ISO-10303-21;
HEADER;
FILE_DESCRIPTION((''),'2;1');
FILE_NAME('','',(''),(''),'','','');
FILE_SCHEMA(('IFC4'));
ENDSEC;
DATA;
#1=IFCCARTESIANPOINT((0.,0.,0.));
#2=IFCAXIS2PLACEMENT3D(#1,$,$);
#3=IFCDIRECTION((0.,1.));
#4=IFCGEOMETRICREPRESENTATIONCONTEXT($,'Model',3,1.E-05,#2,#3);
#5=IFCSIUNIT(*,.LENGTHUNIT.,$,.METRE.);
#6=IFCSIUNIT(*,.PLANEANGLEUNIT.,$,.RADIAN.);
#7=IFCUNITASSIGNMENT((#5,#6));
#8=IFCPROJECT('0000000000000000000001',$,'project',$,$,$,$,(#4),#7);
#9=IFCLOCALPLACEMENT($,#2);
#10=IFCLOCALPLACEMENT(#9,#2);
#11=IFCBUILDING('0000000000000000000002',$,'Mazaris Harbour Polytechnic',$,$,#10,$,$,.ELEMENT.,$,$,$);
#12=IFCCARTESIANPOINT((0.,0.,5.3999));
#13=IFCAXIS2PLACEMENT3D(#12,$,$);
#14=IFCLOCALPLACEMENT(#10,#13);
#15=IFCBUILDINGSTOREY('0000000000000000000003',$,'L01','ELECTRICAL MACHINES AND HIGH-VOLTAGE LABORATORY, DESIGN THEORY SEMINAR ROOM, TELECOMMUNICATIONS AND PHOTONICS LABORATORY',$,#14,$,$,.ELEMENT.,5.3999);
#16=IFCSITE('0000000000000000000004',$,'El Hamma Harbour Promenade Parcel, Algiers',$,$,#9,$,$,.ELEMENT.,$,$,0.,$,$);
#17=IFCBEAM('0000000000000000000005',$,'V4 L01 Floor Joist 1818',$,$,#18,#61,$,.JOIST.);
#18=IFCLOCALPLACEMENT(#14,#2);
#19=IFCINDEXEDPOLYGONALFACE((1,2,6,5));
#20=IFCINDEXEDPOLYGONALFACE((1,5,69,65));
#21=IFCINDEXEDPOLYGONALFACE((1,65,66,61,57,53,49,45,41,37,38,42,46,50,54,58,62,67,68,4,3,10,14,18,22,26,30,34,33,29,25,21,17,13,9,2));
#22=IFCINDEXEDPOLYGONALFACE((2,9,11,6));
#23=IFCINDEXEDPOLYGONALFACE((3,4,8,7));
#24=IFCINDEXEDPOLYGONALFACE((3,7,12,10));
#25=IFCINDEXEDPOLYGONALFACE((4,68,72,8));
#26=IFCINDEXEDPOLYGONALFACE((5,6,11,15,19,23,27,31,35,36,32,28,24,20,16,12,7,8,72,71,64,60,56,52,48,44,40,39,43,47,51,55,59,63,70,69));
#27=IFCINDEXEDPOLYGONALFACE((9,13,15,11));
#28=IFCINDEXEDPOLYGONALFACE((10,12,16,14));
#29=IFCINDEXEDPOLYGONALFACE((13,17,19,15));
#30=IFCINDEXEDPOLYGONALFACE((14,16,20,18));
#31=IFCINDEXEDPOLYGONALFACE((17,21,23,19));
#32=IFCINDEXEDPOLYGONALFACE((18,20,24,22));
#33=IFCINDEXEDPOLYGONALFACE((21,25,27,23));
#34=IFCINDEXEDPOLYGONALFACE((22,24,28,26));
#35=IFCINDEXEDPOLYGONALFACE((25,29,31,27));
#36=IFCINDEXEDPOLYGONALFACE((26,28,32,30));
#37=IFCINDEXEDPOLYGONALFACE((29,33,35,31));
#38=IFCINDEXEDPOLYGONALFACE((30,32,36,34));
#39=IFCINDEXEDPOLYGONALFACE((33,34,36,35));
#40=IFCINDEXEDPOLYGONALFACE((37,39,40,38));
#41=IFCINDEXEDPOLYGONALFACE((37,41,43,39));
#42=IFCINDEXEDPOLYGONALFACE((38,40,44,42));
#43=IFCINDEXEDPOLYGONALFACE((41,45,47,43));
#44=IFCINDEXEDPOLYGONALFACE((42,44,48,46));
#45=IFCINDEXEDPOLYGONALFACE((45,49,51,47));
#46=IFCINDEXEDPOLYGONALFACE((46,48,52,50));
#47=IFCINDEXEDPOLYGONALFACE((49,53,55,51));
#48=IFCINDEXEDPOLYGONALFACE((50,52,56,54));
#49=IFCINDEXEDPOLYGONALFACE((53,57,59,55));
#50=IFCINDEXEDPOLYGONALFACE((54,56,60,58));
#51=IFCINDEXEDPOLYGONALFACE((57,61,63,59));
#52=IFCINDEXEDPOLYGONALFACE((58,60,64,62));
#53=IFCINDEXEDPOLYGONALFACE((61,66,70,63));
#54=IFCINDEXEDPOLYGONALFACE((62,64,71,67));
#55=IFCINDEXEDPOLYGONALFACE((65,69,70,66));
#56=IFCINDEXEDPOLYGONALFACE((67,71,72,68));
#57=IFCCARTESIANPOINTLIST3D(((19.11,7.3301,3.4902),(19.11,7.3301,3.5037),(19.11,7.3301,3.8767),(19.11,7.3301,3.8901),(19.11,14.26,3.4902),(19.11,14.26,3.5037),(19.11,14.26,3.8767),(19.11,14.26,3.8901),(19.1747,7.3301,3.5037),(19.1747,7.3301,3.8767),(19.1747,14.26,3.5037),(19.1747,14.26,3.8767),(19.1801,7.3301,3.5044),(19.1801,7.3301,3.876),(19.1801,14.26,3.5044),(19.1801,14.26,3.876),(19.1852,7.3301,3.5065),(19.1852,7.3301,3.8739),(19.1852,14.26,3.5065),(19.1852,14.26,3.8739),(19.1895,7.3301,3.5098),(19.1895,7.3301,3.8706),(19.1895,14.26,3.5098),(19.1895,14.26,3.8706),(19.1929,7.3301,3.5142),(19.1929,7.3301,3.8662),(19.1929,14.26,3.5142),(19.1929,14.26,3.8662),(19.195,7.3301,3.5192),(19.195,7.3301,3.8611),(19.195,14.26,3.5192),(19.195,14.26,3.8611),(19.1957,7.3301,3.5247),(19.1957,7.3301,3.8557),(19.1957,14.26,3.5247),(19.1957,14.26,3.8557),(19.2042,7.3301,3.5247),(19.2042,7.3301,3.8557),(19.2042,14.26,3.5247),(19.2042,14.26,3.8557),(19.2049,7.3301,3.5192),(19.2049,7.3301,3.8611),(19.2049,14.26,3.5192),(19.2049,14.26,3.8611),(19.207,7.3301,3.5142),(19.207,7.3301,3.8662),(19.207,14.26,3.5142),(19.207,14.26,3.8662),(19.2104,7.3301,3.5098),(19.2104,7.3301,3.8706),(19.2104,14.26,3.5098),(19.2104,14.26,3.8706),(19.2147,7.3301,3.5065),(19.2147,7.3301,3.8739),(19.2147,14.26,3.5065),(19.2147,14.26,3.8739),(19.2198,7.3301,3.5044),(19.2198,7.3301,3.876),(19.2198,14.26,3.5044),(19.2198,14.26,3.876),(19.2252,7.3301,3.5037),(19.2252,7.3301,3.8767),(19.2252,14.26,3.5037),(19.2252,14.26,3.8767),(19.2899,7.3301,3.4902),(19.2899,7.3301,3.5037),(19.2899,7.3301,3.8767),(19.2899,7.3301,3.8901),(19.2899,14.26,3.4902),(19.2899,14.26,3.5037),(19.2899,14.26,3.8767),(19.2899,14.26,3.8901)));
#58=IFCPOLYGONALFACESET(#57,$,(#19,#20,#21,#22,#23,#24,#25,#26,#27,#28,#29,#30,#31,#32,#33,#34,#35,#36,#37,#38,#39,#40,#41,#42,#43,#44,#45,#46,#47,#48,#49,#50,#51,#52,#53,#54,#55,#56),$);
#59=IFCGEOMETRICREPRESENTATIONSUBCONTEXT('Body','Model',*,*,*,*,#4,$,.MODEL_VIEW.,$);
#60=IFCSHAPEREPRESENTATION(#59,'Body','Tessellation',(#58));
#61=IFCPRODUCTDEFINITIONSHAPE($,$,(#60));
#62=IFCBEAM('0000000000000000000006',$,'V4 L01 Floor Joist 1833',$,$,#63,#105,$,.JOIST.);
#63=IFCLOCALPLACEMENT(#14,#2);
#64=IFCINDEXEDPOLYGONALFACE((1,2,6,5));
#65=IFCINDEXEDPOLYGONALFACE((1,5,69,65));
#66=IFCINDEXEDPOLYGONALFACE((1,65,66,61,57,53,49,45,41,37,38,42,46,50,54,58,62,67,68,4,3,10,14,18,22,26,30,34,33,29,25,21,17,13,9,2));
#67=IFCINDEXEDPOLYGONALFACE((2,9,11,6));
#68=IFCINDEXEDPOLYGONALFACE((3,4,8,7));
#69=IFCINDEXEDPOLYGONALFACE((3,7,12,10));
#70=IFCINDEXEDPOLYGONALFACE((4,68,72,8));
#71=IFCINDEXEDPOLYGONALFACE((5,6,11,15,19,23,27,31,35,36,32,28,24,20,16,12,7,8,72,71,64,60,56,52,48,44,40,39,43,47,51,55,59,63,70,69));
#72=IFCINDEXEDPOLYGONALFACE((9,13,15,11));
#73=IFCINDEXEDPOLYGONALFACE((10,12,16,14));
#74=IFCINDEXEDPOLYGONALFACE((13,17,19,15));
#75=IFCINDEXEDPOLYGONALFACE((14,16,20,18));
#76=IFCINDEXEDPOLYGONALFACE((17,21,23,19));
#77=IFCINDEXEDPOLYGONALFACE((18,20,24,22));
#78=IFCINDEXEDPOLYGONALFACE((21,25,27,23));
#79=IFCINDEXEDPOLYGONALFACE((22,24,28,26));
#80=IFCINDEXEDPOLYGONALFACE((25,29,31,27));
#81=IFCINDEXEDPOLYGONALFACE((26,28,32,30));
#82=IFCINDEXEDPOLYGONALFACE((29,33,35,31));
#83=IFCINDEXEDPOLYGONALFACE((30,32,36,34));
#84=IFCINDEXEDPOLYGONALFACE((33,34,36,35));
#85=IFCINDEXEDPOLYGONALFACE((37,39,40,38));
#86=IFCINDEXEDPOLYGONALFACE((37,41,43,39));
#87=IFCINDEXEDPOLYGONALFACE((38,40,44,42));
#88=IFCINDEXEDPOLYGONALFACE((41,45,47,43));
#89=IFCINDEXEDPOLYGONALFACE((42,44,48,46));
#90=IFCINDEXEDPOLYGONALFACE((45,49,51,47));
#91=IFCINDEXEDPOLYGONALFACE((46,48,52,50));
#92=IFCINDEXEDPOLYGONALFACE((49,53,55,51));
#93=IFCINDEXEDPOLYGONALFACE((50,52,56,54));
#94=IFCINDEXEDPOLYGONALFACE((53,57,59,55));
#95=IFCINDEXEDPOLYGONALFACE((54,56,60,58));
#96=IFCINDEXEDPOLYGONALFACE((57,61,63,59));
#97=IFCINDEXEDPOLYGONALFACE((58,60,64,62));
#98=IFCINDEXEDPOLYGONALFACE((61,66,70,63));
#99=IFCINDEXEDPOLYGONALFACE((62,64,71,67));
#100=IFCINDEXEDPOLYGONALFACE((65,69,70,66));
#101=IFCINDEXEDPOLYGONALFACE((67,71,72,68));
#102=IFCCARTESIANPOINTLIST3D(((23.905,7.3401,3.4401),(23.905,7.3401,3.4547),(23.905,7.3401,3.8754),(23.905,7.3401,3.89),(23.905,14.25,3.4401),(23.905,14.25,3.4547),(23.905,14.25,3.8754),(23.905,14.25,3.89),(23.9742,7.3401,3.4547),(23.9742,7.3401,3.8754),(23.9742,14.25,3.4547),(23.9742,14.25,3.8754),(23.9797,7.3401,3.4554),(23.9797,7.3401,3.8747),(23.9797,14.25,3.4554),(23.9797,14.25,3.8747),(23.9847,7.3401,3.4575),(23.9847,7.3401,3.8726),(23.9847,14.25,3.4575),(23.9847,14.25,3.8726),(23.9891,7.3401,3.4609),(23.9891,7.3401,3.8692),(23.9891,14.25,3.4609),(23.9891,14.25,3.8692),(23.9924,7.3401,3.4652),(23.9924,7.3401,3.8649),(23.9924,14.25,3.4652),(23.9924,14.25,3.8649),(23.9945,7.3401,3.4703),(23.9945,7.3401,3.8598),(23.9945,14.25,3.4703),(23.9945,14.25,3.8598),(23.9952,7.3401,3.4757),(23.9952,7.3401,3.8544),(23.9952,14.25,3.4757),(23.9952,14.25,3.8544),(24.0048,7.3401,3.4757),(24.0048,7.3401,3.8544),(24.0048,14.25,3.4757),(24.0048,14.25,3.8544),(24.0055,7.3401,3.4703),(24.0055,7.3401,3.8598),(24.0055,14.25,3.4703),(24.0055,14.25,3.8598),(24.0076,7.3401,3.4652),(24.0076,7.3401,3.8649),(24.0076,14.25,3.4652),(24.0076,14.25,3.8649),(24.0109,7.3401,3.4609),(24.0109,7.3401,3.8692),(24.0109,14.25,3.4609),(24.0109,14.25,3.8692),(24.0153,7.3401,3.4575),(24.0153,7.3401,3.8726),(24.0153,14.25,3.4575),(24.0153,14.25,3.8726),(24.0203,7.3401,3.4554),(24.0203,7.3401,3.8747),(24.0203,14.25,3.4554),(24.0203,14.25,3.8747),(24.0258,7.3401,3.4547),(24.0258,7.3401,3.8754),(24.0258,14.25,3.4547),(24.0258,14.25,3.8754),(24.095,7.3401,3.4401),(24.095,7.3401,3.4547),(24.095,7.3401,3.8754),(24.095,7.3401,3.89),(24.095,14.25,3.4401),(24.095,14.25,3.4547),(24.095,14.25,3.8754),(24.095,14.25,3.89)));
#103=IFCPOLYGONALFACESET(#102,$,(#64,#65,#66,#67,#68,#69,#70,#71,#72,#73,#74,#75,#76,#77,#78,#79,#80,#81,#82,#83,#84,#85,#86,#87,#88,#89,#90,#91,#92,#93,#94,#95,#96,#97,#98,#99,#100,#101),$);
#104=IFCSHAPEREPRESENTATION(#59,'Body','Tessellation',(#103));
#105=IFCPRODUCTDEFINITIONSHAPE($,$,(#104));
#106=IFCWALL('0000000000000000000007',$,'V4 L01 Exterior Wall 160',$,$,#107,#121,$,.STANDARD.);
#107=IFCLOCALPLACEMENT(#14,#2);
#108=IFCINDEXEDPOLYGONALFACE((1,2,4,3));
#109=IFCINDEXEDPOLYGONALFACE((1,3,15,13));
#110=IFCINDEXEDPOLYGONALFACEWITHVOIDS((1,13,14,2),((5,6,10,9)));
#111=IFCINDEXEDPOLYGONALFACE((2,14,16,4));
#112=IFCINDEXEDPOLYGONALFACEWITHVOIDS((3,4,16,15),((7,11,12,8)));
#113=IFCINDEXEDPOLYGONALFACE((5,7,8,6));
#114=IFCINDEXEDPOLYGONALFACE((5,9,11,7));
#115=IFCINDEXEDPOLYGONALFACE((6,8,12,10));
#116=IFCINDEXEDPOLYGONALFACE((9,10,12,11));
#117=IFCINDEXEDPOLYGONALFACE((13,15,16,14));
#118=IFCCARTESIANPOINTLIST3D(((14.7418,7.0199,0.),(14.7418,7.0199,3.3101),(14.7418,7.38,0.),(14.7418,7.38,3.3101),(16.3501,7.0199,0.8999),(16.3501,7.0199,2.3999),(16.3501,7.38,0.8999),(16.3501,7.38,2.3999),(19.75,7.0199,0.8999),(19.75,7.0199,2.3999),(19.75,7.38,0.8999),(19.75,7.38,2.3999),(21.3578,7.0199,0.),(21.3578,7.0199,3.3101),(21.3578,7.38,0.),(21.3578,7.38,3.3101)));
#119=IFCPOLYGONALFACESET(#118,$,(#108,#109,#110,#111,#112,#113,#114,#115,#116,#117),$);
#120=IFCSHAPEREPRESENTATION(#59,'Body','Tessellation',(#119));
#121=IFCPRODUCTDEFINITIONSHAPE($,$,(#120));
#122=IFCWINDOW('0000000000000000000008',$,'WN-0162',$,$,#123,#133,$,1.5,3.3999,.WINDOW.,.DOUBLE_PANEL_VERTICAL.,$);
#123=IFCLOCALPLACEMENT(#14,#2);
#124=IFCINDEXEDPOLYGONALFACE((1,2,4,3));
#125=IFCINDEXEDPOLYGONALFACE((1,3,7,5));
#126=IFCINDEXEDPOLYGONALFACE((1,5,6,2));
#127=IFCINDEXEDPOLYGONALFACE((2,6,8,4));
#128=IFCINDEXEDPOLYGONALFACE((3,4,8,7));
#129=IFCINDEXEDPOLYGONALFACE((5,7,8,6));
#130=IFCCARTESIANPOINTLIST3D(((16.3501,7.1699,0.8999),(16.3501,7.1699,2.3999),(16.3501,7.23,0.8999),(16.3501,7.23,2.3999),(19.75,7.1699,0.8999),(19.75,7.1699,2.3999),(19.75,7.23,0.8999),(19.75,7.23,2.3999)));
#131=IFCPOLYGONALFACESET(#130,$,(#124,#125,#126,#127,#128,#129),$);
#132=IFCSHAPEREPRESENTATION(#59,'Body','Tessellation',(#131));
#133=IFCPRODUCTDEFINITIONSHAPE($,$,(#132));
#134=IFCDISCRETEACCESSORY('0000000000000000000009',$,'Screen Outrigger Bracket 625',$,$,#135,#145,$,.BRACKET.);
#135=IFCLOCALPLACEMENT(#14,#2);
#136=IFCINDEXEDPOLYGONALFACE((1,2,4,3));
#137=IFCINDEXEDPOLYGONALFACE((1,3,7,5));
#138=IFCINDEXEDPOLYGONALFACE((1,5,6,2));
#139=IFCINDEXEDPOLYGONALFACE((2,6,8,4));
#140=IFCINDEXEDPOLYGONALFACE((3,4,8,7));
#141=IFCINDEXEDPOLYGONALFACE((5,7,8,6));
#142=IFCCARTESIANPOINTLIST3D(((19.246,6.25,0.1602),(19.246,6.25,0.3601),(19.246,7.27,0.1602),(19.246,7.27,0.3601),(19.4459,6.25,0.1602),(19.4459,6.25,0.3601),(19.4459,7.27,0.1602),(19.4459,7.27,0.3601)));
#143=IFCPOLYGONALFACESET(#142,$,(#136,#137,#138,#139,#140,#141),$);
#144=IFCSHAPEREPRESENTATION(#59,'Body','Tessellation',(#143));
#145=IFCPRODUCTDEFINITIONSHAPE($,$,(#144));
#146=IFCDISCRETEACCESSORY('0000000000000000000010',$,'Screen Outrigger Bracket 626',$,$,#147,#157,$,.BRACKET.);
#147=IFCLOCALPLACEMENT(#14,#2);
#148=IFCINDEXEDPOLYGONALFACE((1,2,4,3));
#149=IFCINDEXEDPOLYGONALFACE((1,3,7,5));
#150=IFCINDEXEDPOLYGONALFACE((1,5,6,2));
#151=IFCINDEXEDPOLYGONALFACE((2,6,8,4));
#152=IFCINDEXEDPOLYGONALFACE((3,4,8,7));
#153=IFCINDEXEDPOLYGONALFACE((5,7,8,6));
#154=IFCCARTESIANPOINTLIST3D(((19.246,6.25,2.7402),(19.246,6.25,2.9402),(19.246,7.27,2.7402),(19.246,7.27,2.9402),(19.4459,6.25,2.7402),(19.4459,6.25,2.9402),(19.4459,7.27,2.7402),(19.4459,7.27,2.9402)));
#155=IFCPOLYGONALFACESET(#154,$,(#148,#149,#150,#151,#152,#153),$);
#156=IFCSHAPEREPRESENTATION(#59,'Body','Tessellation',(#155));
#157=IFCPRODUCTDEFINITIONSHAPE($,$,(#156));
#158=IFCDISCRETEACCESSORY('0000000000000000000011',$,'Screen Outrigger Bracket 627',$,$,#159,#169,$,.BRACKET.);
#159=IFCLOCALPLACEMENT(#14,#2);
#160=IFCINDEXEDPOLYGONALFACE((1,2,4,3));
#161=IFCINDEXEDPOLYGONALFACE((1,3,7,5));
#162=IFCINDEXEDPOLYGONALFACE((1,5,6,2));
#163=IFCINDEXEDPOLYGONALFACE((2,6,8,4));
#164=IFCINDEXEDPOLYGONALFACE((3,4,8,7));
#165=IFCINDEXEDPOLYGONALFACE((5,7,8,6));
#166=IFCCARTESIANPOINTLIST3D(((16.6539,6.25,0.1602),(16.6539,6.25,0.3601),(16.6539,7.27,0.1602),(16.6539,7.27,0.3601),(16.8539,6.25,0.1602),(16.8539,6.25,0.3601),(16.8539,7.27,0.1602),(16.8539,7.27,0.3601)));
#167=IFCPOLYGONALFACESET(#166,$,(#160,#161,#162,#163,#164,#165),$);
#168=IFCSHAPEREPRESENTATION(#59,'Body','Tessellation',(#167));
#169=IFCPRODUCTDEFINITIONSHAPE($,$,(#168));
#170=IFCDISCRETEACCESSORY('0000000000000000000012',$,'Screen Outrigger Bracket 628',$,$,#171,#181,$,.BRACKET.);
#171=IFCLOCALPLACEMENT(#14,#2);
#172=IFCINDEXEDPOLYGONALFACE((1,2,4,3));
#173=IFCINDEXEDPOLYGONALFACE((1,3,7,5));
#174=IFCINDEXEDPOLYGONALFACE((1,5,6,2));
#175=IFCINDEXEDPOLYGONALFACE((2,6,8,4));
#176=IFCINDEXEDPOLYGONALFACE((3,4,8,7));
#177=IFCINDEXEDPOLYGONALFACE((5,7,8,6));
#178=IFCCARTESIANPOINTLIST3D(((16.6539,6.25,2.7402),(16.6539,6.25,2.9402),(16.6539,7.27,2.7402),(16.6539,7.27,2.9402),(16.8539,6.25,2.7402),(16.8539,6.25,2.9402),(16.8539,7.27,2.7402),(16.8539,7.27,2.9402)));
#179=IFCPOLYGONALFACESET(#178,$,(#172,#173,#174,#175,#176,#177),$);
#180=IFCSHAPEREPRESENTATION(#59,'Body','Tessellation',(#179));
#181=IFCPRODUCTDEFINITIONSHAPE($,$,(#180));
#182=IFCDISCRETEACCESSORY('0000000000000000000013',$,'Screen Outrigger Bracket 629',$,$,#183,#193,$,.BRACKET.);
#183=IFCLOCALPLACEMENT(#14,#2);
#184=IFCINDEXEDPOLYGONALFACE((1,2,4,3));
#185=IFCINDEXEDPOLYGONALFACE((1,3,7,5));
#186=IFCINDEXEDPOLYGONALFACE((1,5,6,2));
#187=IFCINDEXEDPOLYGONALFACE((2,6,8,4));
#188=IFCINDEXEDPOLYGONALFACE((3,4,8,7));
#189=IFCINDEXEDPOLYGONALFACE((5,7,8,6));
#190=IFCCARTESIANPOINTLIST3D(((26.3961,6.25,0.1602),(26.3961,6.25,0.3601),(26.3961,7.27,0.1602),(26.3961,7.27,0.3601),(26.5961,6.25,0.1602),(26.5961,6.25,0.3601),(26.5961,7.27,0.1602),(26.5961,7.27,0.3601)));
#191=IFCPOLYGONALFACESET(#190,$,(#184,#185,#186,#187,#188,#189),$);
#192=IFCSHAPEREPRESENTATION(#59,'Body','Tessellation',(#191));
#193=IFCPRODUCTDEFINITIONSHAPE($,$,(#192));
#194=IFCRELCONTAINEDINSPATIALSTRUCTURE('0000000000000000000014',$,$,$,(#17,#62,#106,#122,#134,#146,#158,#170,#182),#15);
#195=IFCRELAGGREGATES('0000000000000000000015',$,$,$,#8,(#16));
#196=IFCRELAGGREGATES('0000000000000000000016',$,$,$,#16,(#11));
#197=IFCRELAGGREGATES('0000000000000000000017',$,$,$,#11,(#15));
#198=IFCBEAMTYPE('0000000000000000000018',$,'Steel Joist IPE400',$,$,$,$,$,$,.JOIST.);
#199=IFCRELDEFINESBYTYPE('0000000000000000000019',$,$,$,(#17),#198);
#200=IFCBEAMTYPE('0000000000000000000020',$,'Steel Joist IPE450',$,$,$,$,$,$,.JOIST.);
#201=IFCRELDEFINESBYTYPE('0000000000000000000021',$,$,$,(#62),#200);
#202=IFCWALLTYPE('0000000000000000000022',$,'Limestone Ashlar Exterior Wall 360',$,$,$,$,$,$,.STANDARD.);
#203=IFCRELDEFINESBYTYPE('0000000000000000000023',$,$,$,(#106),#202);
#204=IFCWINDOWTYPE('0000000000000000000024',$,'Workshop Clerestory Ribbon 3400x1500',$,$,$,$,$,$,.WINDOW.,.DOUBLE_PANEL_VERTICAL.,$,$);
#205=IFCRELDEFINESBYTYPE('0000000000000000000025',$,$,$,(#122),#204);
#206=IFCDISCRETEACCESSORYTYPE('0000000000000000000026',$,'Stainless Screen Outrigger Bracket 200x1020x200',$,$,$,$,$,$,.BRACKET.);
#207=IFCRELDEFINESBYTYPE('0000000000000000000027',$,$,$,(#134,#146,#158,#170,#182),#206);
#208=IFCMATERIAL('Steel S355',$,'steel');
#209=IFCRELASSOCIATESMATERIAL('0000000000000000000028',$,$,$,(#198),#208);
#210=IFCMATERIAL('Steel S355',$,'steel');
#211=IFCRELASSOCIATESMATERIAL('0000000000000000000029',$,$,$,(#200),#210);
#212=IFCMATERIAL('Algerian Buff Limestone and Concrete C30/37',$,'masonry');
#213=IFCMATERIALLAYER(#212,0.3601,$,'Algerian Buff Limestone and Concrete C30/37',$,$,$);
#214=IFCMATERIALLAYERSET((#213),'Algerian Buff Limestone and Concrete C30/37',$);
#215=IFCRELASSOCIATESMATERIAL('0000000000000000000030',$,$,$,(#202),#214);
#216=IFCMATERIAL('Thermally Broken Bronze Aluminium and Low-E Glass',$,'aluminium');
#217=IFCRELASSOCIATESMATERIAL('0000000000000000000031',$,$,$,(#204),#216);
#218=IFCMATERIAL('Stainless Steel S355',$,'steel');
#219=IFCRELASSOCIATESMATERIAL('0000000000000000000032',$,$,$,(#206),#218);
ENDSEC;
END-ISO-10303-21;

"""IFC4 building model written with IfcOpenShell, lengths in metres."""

from ifc_helpers import new_model, si_unit, direction, frame, frame_2d, origin, origin_2d, place, context, subcontext, project, spatial, rectangle, i_section, extrude, material, layer, layer_set, material_profile, profile_set, type_object, element, fill, save


model = new_model("IFC4")

# Units and contexts
model_context = context("Model", 3, precision=1e-05, world=origin(), true_north=direction((0.0, 1.0)))
body_context = subcontext(model_context, "Body", "Model", "MODEL_VIEW")
ifc_project = project(units=[si_unit("LENGTHUNIT", "METRE"), si_unit("PLANEANGLEUNIT", "RADIAN")], contexts=[model_context])

# Site, building, storey
site_placement = place(None, origin())
site = spatial("IfcSite", under=ifc_project, at=site_placement, Name="El Hamma Harbour Promenade Parcel, Algiers", CompositionType="ELEMENT", RefElevation=0.0)
building_placement = place(site_placement, origin())
building = spatial("IfcBuilding", under=site, at=building_placement, Name="Mazaris Harbour Polytechnic", CompositionType="ELEMENT")
storey_placement = place(building_placement, frame((0.0, 0.0, 5.3999)))
storey = spatial("IfcBuildingStorey", under=building, at=storey_placement, Name="L01", Description="ELECTRICAL MACHINES AND HIGH-VOLTAGE LABORATORY, DESIGN THEORY SEMINAR ROOM, TELECOMMUNICATIONS AND PHOTONICS LABORATORY", CompositionType="ELEMENT", Elevation=5.3999)

# Beams
ifc_material_1 = material(Name="Steel S355", Category="steel")
ifc_material_profile_1 = material_profile(ifc_material_1, i_section(OverallWidth=0.1799, OverallDepth=0.3999, WebThickness=0.0085, FlangeThickness=0.0134, FilletRadius=0.021, at=origin_2d()), Name="IPE 400")
ifc_profile_set_1 = profile_set([ifc_material_profile_1], Name="Steel S355")
beam_type_1 = type_object("IfcBeamType", Name="Steel Joist IPE400", PredefinedType="JOIST", material=ifc_profile_set_1)
beam_1_placement = place(storey_placement, frame((19.2, 7.3301, 3.6902), z_axis=(0.0, 1.0, 0.0), x_axis=(-1.0, 0.0, 0.0)))
element("IfcBeam", 1, at=beam_1_placement, inside=storey, type_object=beam_type_1, Name="V4 L01 Floor Joist 1818", PredefinedType="JOIST", context=body_context, shape_type="SweptSolid", body=[
    extrude(i_section(OverallWidth=0.1799, OverallDepth=0.3999, WebThickness=0.0085, FlangeThickness=0.0134, FilletRadius=0.021, at=origin_2d()), origin(), (0.0, 0.0, 1.0), 6.9299),
])
ifc_material_2 = material(Name="Steel S355", Category="steel")
ifc_material_profile_2 = material_profile(ifc_material_2, i_section(OverallWidth=0.1899, OverallDepth=0.45, WebThickness=0.0095, FlangeThickness=0.0146, FilletRadius=0.021, at=origin_2d()), Name="IPE 450")
ifc_profile_set_2 = profile_set([ifc_material_profile_2], Name="Steel S355")
beam_type_2 = type_object("IfcBeamType", Name="Steel Joist IPE450", PredefinedType="JOIST", material=ifc_profile_set_2)
beam_2_placement = place(storey_placement, frame((24.0, 7.3401, 3.665), z_axis=(0.0, 1.0, 0.0), x_axis=(-1.0, 0.0, 0.0)))
element("IfcBeam", 2, at=beam_2_placement, inside=storey, type_object=beam_type_2, Name="V4 L01 Floor Joist 1833", PredefinedType="JOIST", context=body_context, shape_type="SweptSolid", body=[
    extrude(i_section(OverallWidth=0.1899, OverallDepth=0.45, WebThickness=0.0095, FlangeThickness=0.0146, FilletRadius=0.021, at=origin_2d()), origin(), (0.0, 0.0, 1.0), 6.9099),
])

# Wall, opening, window
ifc_material_3 = material(Name="Algerian Buff Limestone and Concrete C30/37", Category="masonry")
ifc_layer = layer(ifc_material_3, 0.3601, Name="Algerian Buff Limestone and Concrete C30/37")
ifc_layer_set = layer_set([ifc_layer], Name="Algerian Buff Limestone and Concrete C30/37")
wall_type = type_object("IfcWallType", Name="Limestone Ashlar Exterior Wall 360", PredefinedType="STANDARD", material=ifc_layer_set)
wall_placement = place(storey_placement, frame((21.3579, 7.2, 0.0), z_axis=(0.0, 0.0, 1.0), x_axis=(-1.0, 0.0, 0.0)))
wall = element("IfcWall", 3, at=wall_placement, inside=storey, type_object=wall_type, Name="V4 L01 Exterior Wall 160", PredefinedType="STANDARD", context=body_context, shape_type="SweptSolid", body=[
    extrude(rectangle(XDim=6.616, YDim=0.3601, at=frame_2d((3.3081, 0.0))), origin(), (0.0, 0.0, 1.0), 3.3101),
])
opening_placement = place(wall_placement, frame((1.6079, 0.0, 0.8999)))
opening = element("IfcOpeningElement", 4, at=opening_placement, cuts=wall, PredefinedType="OPENING", context=body_context, shape_type="SweptSolid", body=[
    extrude(rectangle(XDim=3.3999, YDim=1.5, at=frame_2d((1.7, 0.75))), frame((0.0, 0.1899, 0.0), z_axis=(0.0, -1.0, 0.0), x_axis=(1.0, 0.0, 0.0)), (0.0, 0.0, 1.0), 0.3801),
])
ifc_material_4 = material(Name="Thermally Broken Bronze Aluminium and Low-E Glass", Category="aluminium")
window_type = type_object("IfcWindowType", Name="Workshop Clerestory Ribbon 3400x1500", PartitioningType="DOUBLE_PANEL_VERTICAL", PredefinedType="WINDOW", material=ifc_material_4)
window_placement = place(opening_placement, origin())
window = element("IfcWindow", 5, at=window_placement, inside=storey, type_object=window_type, Name="WN-0162", OverallHeight=1.5, OverallWidth=3.3999, PartitioningType="DOUBLE_PANEL_VERTICAL", PredefinedType="WINDOW", context=body_context, shape_type="SweptSolid", body=[
    extrude(rectangle(XDim=3.3999, YDim=1.5, at=frame_2d((1.7, 0.75))), frame((0.0, 0.03, 0.0), z_axis=(0.0, -1.0, 0.0), x_axis=(1.0, 0.0, 0.0)), (0.0, 0.0, 1.0), 0.0601),
])
fill(opening, window)

# Discrete accessories
ifc_material_5 = material(Name="Stainless Steel S355", Category="steel")
discrete_accessory_type = type_object("IfcDiscreteAccessoryType", Name="Stainless Screen Outrigger Bracket 200x1020x200", PredefinedType="BRACKET", material=ifc_material_5)
for number, where, z_axis, x_axis, name in (
    (6, (19.3459, 6.76, 0.1602), (0.0, 0.0, 1.0), (-1.0, 0.0, 0.0), "Screen Outrigger Bracket 625"),
    (7, (19.3459, 6.76, 2.7402), (0.0, 0.0, 1.0), (-1.0, 0.0, 0.0), "Screen Outrigger Bracket 626"),
    (8, (16.7539, 6.76, 0.1602), (0.0, 0.0, 1.0), (-1.0, 0.0, 0.0), "Screen Outrigger Bracket 627"),
    (9, (16.7539, 6.76, 2.7402), (0.0, 0.0, 1.0), (-1.0, 0.0, 0.0), "Screen Outrigger Bracket 628"),
    (10, (26.4961, 6.76, 0.1602), (0.0, 0.0, 1.0), (-1.0, 0.0, 0.0), "Screen Outrigger Bracket 629"),
):
    element("IfcDiscreteAccessory", number, at=place(storey_placement, frame(where, z_axis=z_axis, x_axis=x_axis)), inside=storey, type_object=discrete_accessory_type, Name=name, PredefinedType="BRACKET", context=body_context, shape_type="SweptSolid", body=[
        extrude(rectangle(XDim=0.2, YDim=1.02, at=origin_2d()), origin(), (0.0, 0.0, 1.0), 0.2),
    ])

save(model, "model.ifc")
